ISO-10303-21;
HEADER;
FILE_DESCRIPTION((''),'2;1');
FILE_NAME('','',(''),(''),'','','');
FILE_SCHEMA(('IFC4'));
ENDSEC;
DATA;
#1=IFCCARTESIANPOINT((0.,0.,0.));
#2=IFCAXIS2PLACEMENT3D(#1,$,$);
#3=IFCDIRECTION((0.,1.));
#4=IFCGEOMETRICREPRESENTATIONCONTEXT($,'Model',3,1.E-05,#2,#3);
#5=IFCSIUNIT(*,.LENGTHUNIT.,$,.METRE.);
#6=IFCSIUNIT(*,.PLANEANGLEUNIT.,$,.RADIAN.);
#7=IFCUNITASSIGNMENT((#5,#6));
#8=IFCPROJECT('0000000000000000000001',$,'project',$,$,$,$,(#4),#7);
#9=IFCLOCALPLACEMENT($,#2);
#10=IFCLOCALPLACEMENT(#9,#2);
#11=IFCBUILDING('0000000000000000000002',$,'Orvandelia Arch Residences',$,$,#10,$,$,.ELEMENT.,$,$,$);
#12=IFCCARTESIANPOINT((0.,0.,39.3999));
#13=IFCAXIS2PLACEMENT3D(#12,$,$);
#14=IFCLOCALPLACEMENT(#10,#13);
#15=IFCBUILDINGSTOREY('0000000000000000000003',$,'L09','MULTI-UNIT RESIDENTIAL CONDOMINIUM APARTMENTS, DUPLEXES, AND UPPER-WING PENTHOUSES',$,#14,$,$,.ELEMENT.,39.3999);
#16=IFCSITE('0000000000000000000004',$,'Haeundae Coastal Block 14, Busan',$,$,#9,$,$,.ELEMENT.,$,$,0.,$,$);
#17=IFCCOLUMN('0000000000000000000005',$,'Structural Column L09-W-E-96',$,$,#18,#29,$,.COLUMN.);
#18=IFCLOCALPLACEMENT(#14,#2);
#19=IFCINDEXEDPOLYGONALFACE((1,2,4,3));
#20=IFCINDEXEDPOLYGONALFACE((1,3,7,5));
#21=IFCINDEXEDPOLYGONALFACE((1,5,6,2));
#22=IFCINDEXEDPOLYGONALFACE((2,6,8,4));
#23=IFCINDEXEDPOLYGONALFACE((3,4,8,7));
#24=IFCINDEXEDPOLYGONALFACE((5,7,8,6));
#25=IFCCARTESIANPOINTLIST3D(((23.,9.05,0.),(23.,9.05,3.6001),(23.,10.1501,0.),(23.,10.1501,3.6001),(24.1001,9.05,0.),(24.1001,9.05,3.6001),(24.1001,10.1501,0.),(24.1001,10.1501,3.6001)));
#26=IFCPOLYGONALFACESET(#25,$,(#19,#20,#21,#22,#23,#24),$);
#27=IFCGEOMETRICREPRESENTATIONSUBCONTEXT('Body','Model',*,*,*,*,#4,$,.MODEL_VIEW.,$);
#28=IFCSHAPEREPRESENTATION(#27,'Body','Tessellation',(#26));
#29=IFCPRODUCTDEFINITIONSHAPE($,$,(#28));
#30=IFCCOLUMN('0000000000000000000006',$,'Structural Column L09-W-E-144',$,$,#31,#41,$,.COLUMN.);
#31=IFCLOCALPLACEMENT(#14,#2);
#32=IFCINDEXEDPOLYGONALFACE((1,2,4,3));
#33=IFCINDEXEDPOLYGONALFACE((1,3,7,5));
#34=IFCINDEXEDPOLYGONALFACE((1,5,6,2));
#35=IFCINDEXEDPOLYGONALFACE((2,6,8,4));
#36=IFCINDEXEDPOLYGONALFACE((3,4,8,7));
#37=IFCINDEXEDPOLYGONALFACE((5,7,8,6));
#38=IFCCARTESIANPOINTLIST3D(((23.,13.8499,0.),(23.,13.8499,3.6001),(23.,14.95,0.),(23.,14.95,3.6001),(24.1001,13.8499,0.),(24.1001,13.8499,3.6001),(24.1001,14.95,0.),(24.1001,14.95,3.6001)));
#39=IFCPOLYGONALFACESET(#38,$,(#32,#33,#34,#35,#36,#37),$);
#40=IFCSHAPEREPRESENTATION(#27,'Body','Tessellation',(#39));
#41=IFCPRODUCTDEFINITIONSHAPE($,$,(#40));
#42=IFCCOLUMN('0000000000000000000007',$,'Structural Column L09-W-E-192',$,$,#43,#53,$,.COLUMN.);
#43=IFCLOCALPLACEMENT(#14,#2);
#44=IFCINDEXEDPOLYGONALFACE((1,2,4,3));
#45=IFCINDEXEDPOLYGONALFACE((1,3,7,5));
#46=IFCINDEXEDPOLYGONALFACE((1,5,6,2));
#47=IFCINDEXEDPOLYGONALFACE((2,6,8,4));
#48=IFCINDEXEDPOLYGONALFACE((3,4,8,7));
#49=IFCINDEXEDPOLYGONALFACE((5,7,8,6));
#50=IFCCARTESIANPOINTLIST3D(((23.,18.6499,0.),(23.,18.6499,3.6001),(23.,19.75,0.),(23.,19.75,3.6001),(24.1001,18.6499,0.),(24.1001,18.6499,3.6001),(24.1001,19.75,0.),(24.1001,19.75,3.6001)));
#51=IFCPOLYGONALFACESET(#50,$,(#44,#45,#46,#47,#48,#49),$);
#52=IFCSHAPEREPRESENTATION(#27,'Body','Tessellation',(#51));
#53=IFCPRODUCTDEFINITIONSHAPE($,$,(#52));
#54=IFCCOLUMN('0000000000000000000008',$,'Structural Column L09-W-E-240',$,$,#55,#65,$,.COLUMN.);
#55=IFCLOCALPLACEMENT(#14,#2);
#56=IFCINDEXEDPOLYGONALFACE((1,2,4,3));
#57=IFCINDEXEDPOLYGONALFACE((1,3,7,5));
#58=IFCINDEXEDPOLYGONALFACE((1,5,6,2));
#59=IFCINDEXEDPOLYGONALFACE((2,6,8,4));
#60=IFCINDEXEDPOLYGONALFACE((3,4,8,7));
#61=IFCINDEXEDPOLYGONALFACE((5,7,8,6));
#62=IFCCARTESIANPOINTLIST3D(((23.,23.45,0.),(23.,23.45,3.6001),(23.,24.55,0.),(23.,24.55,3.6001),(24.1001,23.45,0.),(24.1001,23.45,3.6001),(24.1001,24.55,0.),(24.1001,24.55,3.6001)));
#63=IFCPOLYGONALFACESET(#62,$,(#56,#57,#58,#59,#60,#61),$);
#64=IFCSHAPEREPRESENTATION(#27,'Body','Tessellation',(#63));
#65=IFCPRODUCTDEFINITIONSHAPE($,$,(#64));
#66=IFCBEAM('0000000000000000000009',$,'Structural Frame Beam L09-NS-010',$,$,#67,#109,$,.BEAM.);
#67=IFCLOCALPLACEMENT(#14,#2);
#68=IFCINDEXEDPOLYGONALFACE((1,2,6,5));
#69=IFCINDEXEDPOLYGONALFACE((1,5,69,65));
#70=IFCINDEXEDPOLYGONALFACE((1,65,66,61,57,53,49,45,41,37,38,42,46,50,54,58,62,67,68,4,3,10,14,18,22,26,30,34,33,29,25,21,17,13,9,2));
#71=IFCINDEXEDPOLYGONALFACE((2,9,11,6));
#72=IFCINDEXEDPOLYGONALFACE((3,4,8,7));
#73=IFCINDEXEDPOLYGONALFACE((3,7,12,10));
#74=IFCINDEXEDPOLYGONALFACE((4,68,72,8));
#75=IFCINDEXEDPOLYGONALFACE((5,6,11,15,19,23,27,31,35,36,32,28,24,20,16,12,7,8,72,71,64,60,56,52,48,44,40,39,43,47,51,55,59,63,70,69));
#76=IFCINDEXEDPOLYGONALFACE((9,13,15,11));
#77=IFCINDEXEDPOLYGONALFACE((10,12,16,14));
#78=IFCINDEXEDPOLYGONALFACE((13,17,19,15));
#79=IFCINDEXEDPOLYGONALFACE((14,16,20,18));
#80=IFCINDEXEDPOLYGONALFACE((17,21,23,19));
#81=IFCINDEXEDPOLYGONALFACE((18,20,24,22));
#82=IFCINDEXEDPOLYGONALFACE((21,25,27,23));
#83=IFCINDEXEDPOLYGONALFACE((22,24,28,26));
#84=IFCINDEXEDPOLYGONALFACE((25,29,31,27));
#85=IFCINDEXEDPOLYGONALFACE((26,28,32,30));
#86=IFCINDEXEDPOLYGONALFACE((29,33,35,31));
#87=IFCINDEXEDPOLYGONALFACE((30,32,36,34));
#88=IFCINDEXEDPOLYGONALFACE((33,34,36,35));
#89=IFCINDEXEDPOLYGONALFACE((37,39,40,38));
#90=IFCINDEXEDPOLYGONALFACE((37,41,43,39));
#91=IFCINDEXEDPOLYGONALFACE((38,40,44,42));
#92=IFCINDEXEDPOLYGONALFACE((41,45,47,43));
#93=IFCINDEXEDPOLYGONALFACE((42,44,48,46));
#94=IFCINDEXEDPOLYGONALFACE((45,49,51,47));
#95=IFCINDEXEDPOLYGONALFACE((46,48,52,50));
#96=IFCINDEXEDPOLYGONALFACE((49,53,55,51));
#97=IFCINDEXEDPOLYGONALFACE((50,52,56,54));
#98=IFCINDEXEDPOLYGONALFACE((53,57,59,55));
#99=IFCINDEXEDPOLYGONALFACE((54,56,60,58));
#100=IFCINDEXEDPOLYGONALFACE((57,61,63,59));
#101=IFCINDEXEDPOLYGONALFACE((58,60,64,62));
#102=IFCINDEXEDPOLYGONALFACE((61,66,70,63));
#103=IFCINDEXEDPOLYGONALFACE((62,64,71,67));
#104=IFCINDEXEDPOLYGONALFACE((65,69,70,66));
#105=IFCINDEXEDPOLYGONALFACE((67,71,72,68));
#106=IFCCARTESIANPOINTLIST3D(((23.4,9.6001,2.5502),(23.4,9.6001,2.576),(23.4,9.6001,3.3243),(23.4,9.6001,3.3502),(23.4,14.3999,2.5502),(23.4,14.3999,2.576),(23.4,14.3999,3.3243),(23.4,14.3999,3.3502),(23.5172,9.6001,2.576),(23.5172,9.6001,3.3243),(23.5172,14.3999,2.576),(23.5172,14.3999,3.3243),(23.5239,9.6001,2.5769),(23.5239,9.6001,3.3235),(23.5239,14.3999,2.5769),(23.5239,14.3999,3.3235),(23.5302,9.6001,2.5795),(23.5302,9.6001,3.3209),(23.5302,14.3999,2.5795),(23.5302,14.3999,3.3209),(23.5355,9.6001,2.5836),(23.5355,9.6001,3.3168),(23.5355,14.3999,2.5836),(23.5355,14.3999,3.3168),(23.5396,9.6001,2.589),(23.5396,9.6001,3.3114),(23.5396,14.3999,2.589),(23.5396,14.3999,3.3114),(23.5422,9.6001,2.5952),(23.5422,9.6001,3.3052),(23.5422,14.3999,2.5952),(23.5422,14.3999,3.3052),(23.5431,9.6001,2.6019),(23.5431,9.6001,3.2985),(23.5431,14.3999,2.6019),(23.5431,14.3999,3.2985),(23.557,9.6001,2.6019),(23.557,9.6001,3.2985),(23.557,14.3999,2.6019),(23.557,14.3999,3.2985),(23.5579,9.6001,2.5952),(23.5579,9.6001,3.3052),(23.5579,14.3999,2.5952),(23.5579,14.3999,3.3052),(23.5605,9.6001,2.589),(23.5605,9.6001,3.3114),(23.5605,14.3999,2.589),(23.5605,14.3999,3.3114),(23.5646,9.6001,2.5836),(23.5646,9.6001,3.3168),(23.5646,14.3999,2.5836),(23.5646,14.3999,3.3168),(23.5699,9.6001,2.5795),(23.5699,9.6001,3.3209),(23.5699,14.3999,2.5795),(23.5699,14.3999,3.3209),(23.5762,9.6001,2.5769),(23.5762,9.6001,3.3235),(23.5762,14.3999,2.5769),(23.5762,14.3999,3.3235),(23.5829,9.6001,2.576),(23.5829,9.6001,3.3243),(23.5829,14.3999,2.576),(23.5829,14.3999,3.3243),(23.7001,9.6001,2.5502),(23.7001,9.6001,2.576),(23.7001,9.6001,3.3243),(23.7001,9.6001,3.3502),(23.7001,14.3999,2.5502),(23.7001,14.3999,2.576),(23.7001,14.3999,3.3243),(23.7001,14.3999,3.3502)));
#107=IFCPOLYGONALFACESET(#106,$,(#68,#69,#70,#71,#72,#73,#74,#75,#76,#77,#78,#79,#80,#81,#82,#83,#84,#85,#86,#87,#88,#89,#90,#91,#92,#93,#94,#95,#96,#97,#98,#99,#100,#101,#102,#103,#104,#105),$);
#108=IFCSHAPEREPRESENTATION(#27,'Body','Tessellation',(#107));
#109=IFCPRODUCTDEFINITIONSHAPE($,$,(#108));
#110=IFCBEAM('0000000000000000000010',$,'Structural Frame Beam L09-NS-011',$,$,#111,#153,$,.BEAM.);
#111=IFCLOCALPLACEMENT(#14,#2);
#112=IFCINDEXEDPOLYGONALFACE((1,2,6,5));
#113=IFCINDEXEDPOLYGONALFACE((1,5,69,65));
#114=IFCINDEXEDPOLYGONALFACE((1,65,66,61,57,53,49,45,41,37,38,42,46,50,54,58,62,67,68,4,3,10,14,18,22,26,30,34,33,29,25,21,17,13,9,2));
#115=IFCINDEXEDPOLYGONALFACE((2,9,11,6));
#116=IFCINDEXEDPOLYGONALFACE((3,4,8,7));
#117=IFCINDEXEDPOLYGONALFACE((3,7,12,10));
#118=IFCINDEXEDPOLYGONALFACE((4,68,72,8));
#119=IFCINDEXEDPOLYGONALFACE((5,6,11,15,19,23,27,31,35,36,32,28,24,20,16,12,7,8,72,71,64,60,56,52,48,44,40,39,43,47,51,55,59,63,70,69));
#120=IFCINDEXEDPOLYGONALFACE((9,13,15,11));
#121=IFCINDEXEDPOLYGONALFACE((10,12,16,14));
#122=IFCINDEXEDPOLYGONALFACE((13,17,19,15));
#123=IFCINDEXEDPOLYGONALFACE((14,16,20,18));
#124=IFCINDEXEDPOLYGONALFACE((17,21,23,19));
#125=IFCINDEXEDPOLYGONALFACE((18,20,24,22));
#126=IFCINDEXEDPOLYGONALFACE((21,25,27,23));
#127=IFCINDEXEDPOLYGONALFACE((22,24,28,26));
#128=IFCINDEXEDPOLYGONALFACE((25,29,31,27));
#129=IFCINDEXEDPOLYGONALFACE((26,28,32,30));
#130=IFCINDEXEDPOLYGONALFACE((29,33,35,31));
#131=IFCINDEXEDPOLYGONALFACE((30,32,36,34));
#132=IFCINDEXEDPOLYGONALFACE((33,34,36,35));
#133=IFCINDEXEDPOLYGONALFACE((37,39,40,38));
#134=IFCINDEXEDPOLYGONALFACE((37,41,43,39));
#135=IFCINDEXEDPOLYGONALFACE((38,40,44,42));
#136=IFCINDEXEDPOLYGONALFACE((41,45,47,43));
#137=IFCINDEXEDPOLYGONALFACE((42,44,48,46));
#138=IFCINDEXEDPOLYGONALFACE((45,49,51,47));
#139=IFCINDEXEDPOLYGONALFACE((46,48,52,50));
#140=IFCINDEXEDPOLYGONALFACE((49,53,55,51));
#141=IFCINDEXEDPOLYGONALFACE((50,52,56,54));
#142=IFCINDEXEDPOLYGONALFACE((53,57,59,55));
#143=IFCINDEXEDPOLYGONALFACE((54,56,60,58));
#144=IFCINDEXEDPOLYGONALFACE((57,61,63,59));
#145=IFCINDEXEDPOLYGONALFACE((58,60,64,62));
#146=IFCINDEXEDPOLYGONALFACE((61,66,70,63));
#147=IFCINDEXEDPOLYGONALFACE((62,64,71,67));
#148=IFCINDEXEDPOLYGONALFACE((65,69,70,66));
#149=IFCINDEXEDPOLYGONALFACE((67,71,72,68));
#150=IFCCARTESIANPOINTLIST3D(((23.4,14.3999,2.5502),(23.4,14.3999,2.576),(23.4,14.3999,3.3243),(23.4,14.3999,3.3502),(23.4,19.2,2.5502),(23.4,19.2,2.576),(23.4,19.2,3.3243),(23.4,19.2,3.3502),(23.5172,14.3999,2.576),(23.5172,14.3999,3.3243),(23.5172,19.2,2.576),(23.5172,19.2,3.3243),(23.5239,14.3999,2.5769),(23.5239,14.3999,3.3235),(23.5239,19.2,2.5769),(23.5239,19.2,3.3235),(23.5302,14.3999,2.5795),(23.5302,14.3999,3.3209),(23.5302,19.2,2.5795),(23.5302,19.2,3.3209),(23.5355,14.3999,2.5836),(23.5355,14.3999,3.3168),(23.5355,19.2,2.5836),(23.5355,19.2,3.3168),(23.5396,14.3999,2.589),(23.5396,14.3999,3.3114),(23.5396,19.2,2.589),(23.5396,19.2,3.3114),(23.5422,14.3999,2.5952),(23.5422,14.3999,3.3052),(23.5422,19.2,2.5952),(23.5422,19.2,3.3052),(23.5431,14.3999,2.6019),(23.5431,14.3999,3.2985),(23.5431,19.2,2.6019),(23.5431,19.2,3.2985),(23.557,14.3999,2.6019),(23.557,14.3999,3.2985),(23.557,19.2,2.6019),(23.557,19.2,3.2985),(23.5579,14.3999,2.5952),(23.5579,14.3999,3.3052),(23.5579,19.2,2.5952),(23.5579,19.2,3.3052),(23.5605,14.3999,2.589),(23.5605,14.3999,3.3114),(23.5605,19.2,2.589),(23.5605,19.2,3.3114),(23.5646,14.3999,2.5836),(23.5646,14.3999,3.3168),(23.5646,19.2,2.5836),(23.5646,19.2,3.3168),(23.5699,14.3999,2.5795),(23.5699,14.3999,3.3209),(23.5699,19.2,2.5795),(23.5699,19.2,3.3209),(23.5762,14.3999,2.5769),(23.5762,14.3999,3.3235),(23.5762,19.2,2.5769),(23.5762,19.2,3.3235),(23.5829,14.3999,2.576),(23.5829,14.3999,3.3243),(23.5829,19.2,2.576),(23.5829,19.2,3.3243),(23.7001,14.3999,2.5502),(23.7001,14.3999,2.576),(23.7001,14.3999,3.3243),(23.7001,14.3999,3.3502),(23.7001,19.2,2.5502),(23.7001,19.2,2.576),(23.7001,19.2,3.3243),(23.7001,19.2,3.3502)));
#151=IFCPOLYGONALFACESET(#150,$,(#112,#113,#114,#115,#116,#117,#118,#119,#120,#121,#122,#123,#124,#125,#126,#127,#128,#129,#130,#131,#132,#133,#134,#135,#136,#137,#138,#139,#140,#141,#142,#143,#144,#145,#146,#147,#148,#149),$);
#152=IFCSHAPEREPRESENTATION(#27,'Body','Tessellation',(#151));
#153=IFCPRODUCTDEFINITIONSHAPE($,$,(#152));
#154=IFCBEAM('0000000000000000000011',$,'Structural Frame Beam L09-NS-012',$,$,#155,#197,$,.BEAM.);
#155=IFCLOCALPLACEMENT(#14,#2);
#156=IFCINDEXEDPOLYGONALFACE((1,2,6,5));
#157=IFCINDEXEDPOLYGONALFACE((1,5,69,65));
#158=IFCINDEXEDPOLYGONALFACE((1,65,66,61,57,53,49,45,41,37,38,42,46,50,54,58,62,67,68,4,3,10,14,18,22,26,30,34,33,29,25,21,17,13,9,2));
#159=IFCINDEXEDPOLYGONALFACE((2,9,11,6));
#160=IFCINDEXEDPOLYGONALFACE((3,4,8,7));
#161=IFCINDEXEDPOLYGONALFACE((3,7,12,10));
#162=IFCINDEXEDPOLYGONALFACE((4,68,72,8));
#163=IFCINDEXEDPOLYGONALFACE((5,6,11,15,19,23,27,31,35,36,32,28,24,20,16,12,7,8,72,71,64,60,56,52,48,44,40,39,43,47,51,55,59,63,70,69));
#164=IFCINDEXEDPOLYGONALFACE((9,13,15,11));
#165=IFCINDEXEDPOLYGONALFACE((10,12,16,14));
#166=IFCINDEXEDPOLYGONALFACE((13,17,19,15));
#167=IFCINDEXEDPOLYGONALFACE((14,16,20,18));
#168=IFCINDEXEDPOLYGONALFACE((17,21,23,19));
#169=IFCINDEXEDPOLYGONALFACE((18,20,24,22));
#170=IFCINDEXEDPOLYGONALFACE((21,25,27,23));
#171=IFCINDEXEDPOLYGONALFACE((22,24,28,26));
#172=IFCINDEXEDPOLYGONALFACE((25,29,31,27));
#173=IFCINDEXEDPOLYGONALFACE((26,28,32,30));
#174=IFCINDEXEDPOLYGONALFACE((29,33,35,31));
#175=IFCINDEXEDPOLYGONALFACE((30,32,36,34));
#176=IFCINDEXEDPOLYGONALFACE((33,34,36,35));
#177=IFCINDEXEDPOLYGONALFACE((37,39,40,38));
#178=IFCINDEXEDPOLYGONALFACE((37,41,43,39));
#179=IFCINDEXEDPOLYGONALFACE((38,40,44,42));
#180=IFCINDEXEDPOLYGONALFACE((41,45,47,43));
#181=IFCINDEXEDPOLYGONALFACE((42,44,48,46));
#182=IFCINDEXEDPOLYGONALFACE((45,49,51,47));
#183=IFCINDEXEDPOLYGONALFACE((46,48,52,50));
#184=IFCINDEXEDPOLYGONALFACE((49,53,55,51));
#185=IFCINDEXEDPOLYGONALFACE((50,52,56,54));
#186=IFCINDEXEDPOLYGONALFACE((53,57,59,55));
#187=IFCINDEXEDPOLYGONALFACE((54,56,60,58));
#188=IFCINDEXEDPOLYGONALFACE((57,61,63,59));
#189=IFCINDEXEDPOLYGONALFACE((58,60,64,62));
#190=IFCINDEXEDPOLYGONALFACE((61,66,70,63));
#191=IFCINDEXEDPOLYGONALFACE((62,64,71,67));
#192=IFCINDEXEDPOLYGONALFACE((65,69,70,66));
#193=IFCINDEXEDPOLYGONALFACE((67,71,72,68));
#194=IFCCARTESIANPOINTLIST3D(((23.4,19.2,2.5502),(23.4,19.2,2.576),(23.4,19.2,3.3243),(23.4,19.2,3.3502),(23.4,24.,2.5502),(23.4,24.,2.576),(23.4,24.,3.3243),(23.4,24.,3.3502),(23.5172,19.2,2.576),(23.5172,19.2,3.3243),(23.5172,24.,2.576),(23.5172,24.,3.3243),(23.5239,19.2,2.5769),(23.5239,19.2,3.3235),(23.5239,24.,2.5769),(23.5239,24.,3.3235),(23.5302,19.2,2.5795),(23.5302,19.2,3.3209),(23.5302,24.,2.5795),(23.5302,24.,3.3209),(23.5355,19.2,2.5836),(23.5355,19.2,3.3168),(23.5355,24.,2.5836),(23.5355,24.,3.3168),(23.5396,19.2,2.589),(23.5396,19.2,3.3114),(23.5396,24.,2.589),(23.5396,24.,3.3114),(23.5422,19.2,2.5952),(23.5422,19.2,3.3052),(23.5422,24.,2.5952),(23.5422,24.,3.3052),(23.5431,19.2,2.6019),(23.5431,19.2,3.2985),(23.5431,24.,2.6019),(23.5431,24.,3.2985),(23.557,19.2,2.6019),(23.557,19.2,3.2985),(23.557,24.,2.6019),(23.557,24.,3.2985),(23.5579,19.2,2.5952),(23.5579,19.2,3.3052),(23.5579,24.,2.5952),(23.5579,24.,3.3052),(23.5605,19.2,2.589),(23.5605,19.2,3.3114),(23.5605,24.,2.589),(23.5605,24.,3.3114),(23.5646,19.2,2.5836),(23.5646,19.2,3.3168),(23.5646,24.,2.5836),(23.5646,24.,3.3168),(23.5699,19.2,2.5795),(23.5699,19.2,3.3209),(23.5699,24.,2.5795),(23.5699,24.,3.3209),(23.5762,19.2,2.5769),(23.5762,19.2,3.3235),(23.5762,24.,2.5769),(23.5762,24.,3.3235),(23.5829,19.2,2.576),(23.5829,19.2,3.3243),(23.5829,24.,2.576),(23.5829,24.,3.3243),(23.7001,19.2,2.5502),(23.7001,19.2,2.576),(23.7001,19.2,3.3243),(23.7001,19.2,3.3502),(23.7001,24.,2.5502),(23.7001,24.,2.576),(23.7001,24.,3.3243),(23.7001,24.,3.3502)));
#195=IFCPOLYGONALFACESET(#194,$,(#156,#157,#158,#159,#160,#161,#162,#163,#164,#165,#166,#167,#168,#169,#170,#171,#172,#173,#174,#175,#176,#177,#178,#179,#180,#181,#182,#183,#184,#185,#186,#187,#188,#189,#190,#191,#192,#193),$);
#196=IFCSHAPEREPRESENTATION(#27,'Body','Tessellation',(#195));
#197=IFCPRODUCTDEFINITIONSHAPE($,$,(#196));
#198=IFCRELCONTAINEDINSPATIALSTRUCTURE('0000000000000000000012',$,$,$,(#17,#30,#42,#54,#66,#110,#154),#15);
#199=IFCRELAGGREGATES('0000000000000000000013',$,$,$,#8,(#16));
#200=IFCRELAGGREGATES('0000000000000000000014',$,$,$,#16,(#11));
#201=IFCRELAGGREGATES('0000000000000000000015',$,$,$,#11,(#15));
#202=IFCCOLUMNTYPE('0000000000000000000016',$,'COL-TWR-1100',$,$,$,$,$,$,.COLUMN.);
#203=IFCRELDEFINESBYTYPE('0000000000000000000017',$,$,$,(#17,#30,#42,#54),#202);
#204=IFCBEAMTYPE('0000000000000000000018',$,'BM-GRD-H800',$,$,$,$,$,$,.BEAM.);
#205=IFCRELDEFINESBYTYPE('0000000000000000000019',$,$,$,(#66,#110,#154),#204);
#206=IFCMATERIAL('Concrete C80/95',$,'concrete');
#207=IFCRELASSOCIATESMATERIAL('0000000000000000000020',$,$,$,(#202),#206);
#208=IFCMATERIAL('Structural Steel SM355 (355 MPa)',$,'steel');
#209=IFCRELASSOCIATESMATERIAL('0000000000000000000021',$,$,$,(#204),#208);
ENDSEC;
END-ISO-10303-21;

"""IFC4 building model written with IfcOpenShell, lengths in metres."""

from ifc_helpers import new_model, si_unit, direction, frame, origin, origin_2d, place, context, subcontext, project, spatial, rectangle, i_section, extrude, material, material_profile, profile_set, type_object, element, save


model = new_model("IFC4")

# Units and contexts
model_context = context("Model", 3, precision=1e-05, world=origin(), true_north=direction((0.0, 1.0)))
body_context = subcontext(model_context, "Body", "Model", "MODEL_VIEW")
ifc_project = project(units=[si_unit("LENGTHUNIT", "METRE"), si_unit("PLANEANGLEUNIT", "RADIAN")], contexts=[model_context])

# Site, building, storey
site_placement = place(None, origin())
site = spatial("IfcSite", under=ifc_project, at=site_placement, Name="Haeundae Coastal Block 14, Busan", CompositionType="ELEMENT", RefElevation=0.0)
building_placement = place(site_placement, origin())
building = spatial("IfcBuilding", under=site, at=building_placement, Name="Orvandelia Arch Residences", CompositionType="ELEMENT")
storey_placement = place(building_placement, frame((0.0, 0.0, 39.3999)))
storey = spatial("IfcBuildingStorey", under=building, at=storey_placement, Name="L09", Description="MULTI-UNIT RESIDENTIAL CONDOMINIUM APARTMENTS, DUPLEXES, AND UPPER-WING PENTHOUSES", CompositionType="ELEMENT", Elevation=39.3999)

# Columns
ifc_material_1 = material(Name="Concrete C80/95", Category="concrete")
ifc_material_profile_1 = material_profile(ifc_material_1, rectangle(XDim=1.1001, YDim=1.1001, at=origin_2d()), Name="Concrete C80/95", Category="concrete")
ifc_profile_set_1 = profile_set([ifc_material_profile_1], Name="Concrete C80/95")
column_type = type_object("IfcColumnType", Name="COL-TWR-1100", PredefinedType="COLUMN", material=ifc_profile_set_1)
for number, where, z_axis, x_axis, name in (
    (1, (23.55, 9.6001, 0.0), (0.0, 0.0, 1.0), (1.0, 0.0, 0.0), "Structural Column L09-W-E-96"),
    (2, (23.55, 14.3999, 0.0), (0.0, 0.0, 1.0), (1.0, 0.0, 0.0), "Structural Column L09-W-E-144"),
    (3, (23.55, 19.2, 0.0), (0.0, 0.0, 1.0), (1.0, 0.0, 0.0), "Structural Column L09-W-E-192"),
    (4, (23.55, 24.0, 0.0), (0.0, 0.0, 1.0), (1.0, 0.0, 0.0), "Structural Column L09-W-E-240"),
):
    element("IfcColumn", number, at=place(storey_placement, frame(where, z_axis=z_axis, x_axis=x_axis)), inside=storey, type_object=column_type, Name=name, PredefinedType="COLUMN", context=body_context, shape_type="SweptSolid", body=[
        extrude(rectangle(XDim=1.1001, YDim=1.1001, at=origin_2d()), origin(), (0.0, 0.0, 1.0), 3.6001),
    ])

# Beams
ifc_material_2 = material(Name="Structural Steel SM355 (355 MPa)", Category="steel")
ifc_material_profile_2 = material_profile(ifc_material_2, i_section(OverallWidth=0.3, OverallDepth=0.8, WebThickness=0.0139, FlangeThickness=0.0259, FilletRadius=0.0259, at=origin_2d()), Name="Structural Steel SM355 (355 MPa)", Category="steel")
ifc_profile_set_2 = profile_set([ifc_material_profile_2], Name="Structural Steel SM355 (355 MPa)")
beam_type = type_object("IfcBeamType", Name="BM-GRD-H800", PredefinedType="BEAM", material=ifc_profile_set_2)
beam_1_placement = place(storey_placement, frame((23.55, 9.6001, 2.9502), z_axis=(0.0, 1.0, 0.0), x_axis=(-1.0, 0.0, 0.0)))
element("IfcBeam", 5, at=beam_1_placement, inside=storey, type_object=beam_type, Name="Structural Frame Beam L09-NS-010", PredefinedType="BEAM", context=body_context, shape_type="SweptSolid", body=[
    extrude(i_section(OverallWidth=0.3, OverallDepth=0.8, WebThickness=0.0139, FlangeThickness=0.0259, FilletRadius=0.0259, at=origin_2d()), origin(), (0.0, 0.0, 1.0), 4.7998),
])
for number, where, z_axis, x_axis, name in (
    (6, (23.55, 14.3999, 2.9502), (0.0, 1.0, 0.0), (-1.0, 0.0, 0.0), "Structural Frame Beam L09-NS-011"),
    (7, (23.55, 19.2, 2.9502), (0.0, 1.0, 0.0), (-1.0, 0.0, 0.0), "Structural Frame Beam L09-NS-012"),
):
    element("IfcBeam", number, at=place(storey_placement, frame(where, z_axis=z_axis, x_axis=x_axis)), inside=storey, type_object=beam_type, Name=name, PredefinedType="BEAM", context=body_context, shape_type="SweptSolid", body=[
        extrude(i_section(OverallWidth=0.3, OverallDepth=0.8, WebThickness=0.0139, FlangeThickness=0.0259, FilletRadius=0.0259, at=origin_2d()), origin(), (0.0, 0.0, 1.0), 4.8),
    ])

save(model, "model.ifc")
